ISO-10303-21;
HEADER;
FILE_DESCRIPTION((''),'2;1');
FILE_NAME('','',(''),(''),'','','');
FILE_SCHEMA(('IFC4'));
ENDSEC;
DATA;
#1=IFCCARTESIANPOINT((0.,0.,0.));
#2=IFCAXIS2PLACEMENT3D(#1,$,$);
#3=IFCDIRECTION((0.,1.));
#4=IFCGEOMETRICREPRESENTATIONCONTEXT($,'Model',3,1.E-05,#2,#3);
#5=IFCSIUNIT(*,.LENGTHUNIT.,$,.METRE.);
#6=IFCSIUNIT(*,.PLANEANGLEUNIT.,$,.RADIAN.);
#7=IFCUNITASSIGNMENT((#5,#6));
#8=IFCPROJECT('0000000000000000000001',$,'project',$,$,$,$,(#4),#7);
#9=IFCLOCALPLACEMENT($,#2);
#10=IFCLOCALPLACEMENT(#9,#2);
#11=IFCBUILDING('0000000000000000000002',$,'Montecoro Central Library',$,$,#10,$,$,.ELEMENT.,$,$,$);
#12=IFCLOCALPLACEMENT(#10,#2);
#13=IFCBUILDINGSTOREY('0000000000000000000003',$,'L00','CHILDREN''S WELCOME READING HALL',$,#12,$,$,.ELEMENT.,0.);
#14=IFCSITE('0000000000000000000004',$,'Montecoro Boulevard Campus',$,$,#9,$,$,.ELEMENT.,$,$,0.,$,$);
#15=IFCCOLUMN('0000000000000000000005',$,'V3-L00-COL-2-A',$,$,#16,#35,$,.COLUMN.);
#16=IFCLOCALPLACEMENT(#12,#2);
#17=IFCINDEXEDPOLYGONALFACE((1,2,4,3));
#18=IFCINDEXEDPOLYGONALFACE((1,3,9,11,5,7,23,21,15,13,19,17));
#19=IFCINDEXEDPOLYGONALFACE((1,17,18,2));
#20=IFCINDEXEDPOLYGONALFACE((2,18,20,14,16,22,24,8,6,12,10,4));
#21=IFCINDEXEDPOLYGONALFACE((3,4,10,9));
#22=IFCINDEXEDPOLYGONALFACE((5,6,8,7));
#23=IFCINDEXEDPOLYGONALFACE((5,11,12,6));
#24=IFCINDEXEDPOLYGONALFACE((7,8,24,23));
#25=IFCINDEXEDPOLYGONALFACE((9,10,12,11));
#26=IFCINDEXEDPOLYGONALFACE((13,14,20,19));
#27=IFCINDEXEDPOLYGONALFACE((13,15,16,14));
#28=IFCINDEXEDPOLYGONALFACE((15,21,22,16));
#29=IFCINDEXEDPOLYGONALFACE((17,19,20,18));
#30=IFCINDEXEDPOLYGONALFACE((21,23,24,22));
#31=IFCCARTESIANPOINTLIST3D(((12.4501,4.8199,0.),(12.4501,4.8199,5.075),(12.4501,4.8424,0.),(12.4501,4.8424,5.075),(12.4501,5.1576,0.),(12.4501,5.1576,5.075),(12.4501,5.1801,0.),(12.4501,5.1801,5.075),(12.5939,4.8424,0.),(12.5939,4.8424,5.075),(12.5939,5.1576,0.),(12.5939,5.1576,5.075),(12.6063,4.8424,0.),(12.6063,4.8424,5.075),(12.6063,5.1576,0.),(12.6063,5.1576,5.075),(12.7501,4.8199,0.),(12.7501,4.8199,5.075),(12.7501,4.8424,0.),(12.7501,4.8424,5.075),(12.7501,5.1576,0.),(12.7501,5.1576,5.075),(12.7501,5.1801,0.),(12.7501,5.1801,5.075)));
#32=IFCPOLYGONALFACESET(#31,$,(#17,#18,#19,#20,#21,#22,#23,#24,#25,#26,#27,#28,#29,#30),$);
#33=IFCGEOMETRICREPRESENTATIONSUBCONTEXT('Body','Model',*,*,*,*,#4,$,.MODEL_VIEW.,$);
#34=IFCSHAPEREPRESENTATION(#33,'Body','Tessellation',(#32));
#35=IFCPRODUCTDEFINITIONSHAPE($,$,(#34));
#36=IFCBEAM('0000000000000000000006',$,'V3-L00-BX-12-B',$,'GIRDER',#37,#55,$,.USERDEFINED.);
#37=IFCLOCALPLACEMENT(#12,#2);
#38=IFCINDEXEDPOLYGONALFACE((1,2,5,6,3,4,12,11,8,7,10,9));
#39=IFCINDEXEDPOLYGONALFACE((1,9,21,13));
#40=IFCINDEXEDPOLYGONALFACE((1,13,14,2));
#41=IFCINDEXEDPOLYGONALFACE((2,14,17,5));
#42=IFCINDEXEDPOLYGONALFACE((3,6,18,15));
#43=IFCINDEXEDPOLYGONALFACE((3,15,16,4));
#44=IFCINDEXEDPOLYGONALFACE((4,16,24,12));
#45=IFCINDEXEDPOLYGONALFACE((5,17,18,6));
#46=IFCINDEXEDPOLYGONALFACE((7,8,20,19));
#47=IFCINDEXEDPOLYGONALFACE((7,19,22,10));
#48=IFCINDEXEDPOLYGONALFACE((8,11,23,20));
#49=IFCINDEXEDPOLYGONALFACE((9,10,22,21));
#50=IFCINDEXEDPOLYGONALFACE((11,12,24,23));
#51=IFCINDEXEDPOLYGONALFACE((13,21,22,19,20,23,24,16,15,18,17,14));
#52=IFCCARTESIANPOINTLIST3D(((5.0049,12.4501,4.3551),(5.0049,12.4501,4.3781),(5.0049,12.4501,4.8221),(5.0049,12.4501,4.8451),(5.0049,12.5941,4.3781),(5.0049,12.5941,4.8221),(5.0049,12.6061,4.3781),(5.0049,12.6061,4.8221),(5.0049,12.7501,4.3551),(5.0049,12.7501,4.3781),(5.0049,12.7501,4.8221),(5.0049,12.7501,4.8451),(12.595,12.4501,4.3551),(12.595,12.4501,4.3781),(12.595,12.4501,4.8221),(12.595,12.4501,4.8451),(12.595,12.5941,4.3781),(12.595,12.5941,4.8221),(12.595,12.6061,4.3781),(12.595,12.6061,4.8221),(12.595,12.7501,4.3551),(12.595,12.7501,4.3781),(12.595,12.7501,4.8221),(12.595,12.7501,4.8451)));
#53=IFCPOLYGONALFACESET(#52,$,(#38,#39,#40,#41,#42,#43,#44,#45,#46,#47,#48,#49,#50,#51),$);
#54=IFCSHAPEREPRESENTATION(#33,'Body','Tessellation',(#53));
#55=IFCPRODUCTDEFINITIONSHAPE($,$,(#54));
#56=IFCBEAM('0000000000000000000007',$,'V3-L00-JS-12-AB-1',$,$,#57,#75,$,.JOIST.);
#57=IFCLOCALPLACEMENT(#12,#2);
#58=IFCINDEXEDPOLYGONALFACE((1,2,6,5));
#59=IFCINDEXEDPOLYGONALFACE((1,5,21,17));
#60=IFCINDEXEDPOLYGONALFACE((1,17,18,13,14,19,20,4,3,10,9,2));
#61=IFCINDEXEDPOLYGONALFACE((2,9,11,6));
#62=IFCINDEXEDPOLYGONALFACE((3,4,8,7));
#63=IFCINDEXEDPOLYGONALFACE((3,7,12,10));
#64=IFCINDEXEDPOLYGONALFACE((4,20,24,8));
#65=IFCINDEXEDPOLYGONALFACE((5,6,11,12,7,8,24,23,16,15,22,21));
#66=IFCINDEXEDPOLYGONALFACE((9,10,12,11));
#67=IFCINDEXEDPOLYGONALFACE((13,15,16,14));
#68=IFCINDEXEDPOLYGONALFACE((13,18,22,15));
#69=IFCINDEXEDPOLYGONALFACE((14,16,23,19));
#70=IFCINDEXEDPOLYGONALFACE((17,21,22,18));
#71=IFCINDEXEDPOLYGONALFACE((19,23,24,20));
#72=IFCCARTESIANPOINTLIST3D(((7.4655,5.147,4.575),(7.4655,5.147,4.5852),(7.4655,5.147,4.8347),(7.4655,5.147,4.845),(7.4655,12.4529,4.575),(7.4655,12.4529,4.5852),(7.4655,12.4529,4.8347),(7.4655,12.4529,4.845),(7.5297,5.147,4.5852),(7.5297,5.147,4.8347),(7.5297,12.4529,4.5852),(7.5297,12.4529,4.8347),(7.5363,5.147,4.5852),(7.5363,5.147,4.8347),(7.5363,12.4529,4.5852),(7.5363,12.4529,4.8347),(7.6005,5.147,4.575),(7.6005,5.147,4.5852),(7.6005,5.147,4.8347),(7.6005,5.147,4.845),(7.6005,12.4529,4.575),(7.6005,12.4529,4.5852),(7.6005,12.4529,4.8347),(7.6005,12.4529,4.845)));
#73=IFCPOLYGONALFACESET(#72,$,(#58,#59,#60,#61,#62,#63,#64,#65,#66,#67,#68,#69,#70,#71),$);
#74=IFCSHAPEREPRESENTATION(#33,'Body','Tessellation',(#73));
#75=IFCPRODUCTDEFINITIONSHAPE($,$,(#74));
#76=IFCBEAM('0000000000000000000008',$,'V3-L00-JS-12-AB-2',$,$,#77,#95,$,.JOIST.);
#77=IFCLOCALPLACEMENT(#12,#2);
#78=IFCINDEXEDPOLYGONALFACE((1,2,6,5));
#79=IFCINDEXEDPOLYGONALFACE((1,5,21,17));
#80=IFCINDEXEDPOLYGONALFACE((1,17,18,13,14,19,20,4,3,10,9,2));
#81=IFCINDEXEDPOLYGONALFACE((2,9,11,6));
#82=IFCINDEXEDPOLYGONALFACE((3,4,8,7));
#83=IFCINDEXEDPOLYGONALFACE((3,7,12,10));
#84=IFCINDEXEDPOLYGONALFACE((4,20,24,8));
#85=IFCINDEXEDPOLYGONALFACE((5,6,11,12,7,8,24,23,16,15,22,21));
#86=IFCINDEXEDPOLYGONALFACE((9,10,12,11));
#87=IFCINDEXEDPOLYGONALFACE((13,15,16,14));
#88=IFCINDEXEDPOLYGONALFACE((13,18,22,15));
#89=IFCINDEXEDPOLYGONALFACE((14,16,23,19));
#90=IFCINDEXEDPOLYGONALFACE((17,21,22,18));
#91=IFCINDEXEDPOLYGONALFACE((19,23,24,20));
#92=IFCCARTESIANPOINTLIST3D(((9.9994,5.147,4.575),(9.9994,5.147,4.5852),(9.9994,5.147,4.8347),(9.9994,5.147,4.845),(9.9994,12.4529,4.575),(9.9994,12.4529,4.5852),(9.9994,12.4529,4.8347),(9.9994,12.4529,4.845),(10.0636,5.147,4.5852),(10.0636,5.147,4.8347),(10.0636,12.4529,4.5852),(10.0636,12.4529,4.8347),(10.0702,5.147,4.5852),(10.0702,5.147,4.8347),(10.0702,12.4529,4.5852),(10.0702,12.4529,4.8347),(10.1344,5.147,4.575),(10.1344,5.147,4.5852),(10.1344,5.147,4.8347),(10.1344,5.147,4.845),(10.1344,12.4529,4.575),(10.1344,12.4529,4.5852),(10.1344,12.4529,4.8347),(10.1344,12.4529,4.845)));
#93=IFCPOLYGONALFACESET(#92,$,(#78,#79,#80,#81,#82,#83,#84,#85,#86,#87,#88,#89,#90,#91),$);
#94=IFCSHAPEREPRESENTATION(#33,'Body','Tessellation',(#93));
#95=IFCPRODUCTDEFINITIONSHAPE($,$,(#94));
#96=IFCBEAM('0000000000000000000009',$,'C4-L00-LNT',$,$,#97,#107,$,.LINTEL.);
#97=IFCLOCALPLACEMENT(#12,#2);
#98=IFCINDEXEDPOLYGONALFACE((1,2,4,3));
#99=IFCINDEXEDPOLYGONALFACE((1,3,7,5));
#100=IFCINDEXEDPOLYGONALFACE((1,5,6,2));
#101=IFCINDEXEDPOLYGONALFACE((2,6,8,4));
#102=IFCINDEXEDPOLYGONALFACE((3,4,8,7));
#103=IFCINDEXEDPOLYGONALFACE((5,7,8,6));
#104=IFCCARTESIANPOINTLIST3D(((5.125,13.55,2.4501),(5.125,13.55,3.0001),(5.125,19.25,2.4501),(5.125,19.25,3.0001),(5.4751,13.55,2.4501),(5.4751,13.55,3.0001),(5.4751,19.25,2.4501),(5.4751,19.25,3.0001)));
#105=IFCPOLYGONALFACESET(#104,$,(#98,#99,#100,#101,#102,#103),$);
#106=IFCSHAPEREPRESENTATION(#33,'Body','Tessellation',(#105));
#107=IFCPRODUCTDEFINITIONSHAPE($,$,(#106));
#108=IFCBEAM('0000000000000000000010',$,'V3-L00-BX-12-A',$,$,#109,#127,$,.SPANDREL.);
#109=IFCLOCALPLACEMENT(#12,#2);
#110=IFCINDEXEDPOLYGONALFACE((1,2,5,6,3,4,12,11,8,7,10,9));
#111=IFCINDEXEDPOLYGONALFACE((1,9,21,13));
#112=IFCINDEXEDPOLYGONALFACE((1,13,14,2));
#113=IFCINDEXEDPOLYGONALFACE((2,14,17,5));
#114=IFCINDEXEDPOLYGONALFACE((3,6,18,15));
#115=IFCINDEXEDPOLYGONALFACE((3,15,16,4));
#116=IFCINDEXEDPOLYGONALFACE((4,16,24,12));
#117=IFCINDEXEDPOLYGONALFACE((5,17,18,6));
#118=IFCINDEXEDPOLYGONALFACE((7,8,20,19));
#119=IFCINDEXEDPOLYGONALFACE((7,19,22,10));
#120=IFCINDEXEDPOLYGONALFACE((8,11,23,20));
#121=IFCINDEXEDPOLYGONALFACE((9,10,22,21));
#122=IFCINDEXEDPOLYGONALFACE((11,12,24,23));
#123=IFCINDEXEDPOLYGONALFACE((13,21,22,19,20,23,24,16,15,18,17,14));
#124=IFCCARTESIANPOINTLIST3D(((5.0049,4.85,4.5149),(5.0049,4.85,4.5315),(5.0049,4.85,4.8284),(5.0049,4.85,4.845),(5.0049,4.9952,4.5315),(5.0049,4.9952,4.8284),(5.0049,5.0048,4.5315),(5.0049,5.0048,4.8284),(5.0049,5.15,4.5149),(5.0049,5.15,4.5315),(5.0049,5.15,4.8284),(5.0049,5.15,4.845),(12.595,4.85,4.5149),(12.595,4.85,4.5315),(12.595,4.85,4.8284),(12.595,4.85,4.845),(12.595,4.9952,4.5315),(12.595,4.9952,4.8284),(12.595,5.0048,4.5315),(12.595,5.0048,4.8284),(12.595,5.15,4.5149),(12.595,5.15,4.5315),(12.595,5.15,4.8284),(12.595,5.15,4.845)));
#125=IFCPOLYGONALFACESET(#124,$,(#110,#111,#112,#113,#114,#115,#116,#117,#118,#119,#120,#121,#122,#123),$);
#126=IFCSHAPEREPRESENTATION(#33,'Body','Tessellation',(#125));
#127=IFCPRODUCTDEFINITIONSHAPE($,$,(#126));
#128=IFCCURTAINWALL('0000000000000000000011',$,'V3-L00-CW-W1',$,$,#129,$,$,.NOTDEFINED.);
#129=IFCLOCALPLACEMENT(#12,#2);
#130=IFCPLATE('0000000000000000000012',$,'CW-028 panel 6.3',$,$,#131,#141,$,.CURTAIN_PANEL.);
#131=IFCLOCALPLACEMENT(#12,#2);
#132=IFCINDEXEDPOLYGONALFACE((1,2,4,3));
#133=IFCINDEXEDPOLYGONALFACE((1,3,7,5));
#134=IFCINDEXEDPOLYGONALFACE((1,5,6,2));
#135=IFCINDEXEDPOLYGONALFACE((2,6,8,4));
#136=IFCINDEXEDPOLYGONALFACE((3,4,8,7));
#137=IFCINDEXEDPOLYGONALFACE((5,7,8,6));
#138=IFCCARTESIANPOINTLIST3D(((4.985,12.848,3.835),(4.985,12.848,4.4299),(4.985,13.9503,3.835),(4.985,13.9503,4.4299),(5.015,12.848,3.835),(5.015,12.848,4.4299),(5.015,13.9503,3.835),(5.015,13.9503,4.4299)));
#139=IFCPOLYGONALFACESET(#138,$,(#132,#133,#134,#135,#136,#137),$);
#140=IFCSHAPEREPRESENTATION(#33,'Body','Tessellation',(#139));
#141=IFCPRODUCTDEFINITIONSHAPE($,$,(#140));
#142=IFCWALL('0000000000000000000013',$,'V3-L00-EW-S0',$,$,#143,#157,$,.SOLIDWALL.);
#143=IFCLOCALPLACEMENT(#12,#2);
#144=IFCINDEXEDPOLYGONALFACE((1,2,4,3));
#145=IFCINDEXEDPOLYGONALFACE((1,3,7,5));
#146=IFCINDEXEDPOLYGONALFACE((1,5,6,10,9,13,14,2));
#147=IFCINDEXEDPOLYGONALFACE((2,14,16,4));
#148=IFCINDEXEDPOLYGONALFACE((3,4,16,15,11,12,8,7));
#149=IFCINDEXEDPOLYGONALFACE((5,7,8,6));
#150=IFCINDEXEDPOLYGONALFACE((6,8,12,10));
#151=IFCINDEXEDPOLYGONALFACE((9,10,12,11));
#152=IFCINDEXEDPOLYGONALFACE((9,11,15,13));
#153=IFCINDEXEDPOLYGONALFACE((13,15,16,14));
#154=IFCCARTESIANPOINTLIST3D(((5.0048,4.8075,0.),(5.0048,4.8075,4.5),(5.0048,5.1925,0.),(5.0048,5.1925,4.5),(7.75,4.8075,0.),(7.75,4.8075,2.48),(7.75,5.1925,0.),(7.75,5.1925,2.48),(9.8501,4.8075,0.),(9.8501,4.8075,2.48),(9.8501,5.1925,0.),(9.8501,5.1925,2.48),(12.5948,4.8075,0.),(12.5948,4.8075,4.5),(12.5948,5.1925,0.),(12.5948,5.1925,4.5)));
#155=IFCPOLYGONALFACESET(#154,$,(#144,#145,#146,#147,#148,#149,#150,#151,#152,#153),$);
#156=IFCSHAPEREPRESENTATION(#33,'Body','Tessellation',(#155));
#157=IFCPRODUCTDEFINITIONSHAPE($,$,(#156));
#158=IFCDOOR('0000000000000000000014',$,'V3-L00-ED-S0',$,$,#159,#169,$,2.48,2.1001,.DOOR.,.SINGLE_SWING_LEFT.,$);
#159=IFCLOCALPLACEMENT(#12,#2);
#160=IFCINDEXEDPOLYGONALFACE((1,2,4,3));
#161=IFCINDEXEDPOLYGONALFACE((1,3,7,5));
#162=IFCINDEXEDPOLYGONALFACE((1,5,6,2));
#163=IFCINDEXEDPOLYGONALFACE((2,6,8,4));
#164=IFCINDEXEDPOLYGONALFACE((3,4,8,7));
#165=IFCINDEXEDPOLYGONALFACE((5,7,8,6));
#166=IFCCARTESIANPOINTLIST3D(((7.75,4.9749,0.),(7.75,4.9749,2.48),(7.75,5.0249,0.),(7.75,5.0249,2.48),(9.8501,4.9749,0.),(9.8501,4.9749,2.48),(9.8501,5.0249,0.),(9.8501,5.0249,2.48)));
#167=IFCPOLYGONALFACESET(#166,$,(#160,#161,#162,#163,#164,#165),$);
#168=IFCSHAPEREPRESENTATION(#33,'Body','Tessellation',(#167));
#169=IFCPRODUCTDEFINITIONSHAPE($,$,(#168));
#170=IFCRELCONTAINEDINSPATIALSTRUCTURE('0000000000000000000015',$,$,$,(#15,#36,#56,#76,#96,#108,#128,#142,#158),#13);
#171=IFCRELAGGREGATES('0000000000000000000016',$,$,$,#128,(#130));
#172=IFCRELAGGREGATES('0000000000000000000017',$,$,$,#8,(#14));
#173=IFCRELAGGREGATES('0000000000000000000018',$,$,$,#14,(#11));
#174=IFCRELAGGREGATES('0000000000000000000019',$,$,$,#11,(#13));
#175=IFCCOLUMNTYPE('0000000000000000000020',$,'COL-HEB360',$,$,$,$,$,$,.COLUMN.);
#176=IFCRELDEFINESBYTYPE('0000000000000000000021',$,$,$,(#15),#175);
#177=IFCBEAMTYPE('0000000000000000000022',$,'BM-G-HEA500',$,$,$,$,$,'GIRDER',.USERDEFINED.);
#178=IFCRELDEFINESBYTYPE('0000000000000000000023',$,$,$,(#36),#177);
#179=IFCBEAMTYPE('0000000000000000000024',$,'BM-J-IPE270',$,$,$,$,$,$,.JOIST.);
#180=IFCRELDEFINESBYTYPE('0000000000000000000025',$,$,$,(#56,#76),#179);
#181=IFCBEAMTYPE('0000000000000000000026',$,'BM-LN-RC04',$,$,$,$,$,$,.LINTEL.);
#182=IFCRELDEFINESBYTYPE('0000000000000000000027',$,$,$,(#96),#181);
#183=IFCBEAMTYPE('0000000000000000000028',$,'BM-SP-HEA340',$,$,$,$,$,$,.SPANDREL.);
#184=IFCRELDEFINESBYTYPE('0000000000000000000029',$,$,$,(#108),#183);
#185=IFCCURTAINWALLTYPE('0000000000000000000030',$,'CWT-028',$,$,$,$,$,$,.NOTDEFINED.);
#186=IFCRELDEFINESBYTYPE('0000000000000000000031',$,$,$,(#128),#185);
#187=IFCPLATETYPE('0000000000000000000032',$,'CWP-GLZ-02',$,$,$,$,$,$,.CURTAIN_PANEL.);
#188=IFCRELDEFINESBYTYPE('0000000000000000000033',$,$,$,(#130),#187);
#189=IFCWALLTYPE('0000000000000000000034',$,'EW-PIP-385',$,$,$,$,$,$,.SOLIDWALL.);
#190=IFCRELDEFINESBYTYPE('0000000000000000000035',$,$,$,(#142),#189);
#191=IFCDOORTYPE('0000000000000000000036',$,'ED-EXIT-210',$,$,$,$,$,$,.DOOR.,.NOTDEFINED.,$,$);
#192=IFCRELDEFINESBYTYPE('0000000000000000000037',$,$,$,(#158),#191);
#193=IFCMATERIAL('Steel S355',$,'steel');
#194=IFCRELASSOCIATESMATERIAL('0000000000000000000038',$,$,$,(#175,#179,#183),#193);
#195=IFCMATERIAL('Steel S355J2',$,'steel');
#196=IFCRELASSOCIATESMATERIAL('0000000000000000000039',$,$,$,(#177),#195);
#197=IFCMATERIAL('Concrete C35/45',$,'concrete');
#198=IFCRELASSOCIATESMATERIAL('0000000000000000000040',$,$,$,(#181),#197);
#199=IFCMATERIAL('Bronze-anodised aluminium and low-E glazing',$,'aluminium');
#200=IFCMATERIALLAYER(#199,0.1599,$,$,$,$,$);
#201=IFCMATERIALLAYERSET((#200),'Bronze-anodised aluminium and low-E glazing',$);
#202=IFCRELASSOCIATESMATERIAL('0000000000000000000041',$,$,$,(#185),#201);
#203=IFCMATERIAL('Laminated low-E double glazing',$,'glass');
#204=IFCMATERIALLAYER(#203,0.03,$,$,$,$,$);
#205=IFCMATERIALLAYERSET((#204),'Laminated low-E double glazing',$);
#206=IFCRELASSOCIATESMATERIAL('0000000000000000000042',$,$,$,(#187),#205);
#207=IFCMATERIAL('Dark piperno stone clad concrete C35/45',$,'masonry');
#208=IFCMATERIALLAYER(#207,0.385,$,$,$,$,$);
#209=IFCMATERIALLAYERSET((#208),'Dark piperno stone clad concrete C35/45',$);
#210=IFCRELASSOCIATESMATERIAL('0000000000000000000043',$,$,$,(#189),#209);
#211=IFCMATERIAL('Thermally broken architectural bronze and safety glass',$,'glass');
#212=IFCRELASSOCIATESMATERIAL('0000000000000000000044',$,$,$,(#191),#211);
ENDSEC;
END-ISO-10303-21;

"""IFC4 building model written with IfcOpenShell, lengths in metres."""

from ifc_helpers import new_model, si_unit, direction, frame, frame_2d, origin, origin_2d, place, context, subcontext, project, spatial, rectangle, i_section, extrude, material, layer, layer_set, material_profile, profile_set, type_object, element, fill, aggregate, save


model = new_model("IFC4")

# Units and contexts
model_context = context("Model", 3, precision=1e-05, world=origin(), true_north=direction((0.0, 1.0)))
body_context = subcontext(model_context, "Body", "Model", "MODEL_VIEW")
ifc_project = project(units=[si_unit("LENGTHUNIT", "METRE"), si_unit("PLANEANGLEUNIT", "RADIAN")], contexts=[model_context])

# Site, building, storey
site_placement = place(None, origin())
site = spatial("IfcSite", under=ifc_project, at=site_placement, Name="Montecoro Boulevard Campus", CompositionType="ELEMENT", RefElevation=0.0)
building_placement = place(site_placement, origin())
building = spatial("IfcBuilding", under=site, at=building_placement, Name="Montecoro Central Library", CompositionType="ELEMENT")
storey_placement = place(building_placement, origin())
storey = spatial("IfcBuildingStorey", under=building, at=storey_placement, Name="L00", Description="CHILDREN'S WELCOME READING HALL", CompositionType="ELEMENT", Elevation=0.0)

# Shared definitions
ifc_material_1 = material(Name="Concrete C35/45", Category="concrete")

# Column
ifc_material_2 = material(Name="Steel S355", Category="steel")
ifc_material_profile_1 = material_profile(ifc_material_2, i_section(OverallWidth=0.3, OverallDepth=0.3601, WebThickness=0.0125, FlangeThickness=0.0225, at=origin_2d()), Name="HEB 360")
ifc_profile_set_1 = profile_set([ifc_material_profile_1], Name="Steel S355")
column_type = type_object("IfcColumnType", Name="COL-HEB360", PredefinedType="COLUMN", material=ifc_profile_set_1)
column_placement = place(storey_placement, frame((12.6001, 5.0, 0.0), z_axis=(0.0, 0.0, 1.0), x_axis=(1.0, 0.0, 0.0)))
element("IfcColumn", 1, at=column_placement, inside=storey, type_object=column_type, Name="V3-L00-COL-2-A", PredefinedType="COLUMN", context=body_context, shape_type="SweptSolid", body=[
    extrude(i_section(OverallWidth=0.3, OverallDepth=0.3601, WebThickness=0.0125, FlangeThickness=0.0225, at=origin_2d()), origin(), (0.0, 0.0, 1.0), 5.075),
])

# Beams
ifc_material_3 = material(Name="Steel S355J2", Category="steel")
ifc_material_profile_2 = material_profile(ifc_material_3, i_section(OverallWidth=0.3, OverallDepth=0.49, WebThickness=0.012, FlangeThickness=0.0229, at=origin_2d()), Name="HEA 500")
ifc_profile_set_2 = profile_set([ifc_material_profile_2], Name="Steel S355J2")
beam_type_1 = type_object("IfcBeamType", Name="BM-G-HEA500", ElementType="GIRDER", PredefinedType="USERDEFINED", material=ifc_profile_set_2)
beam_1_placement = place(storey_placement, frame((5.0049, 12.6001, 4.6001), z_axis=(1.0, 0.0, 0.0), x_axis=(0.0, 1.0, 0.0)))
element("IfcBeam", 2, at=beam_1_placement, inside=storey, type_object=beam_type_1, Name="V3-L00-BX-12-B", ObjectType="GIRDER", PredefinedType="USERDEFINED", context=body_context, shape_type="SweptSolid", body=[
    extrude(i_section(OverallWidth=0.3, OverallDepth=0.49, WebThickness=0.012, FlangeThickness=0.0229, at=origin_2d()), origin(), (0.0, 0.0, 1.0), 7.5901),
])
ifc_material_profile_3 = material_profile(ifc_material_2, i_section(OverallWidth=0.135, OverallDepth=0.27, WebThickness=0.0066, FlangeThickness=0.0103, at=origin_2d()), Name="IPE 270")
ifc_profile_set_3 = profile_set([ifc_material_profile_3], Name="Steel S355")
beam_type_2 = type_object("IfcBeamType", Name="BM-J-IPE270", PredefinedType="JOIST", material=ifc_profile_set_3)
for number, where, z_axis, x_axis, name in (
    (3, (7.533, 5.147, 4.71), (0.0, 1.0, 0.0), (-1.0, 0.0, 0.0), "V3-L00-JS-12-AB-1"),
    (4, (10.0669, 5.147, 4.71), (0.0, 1.0, 0.0), (-1.0, 0.0, 0.0), "V3-L00-JS-12-AB-2"),
):
    element("IfcBeam", number, at=place(storey_placement, frame(where, z_axis=z_axis, x_axis=x_axis)), inside=storey, type_object=beam_type_2, Name=name, PredefinedType="JOIST", context=body_context, shape_type="SweptSolid", body=[
        extrude(i_section(OverallWidth=0.135, OverallDepth=0.27, WebThickness=0.0066, FlangeThickness=0.0103, at=origin_2d()), origin(), (0.0, 0.0, 1.0), 7.3059),
    ])
ifc_material_profile_4 = material_profile(ifc_material_1, rectangle(XDim=0.3501, YDim=0.55, at=origin_2d()), Name="RC LNT 550x350")
ifc_profile_set_4 = profile_set([ifc_material_profile_4], Name="Concrete C35/45")
beam_type_3 = type_object("IfcBeamType", Name="BM-LN-RC04", PredefinedType="LINTEL", material=ifc_profile_set_4)
beam_2_placement = place(storey_placement, frame((5.3, 13.55, 2.7251), z_axis=(0.0, 1.0, 0.0), x_axis=(-1.0, 0.0, 0.0)))
element("IfcBeam", 5, at=beam_2_placement, inside=storey, type_object=beam_type_3, Name="C4-L00-LNT", PredefinedType="LINTEL", context=body_context, shape_type="SweptSolid", body=[
    extrude(rectangle(XDim=0.3501, YDim=0.55, at=origin_2d()), origin(), (0.0, 0.0, 1.0), 5.7),
])
ifc_material_profile_5 = material_profile(ifc_material_2, i_section(OverallWidth=0.3, OverallDepth=0.3301, WebThickness=0.0095, FlangeThickness=0.0166, at=origin_2d()), Name="HEA 340")
ifc_profile_set_5 = profile_set([ifc_material_profile_5], Name="Steel S355")
beam_type_4 = type_object("IfcBeamType", Name="BM-SP-HEA340", PredefinedType="SPANDREL", material=ifc_profile_set_5)
beam_3_placement = place(storey_placement, frame((5.0049, 5.0, 4.6799), z_axis=(1.0, 0.0, 0.0), x_axis=(0.0, 1.0, 0.0)))
element("IfcBeam", 6, at=beam_3_placement, inside=storey, type_object=beam_type_4, Name="V3-L00-BX-12-A", PredefinedType="SPANDREL", context=body_context, shape_type="SweptSolid", body=[
    extrude(i_section(OverallWidth=0.3, OverallDepth=0.3301, WebThickness=0.0095, FlangeThickness=0.0166, at=origin_2d()), origin(), (0.0, 0.0, 1.0), 7.5901),
])

# Curtain wall, plate
ifc_material_4 = material(Name="Bronze-anodised aluminium and low-E glazing", Category="aluminium")
ifc_layer_1 = layer(ifc_material_4, 0.1599)
ifc_layer_set_1 = layer_set([ifc_layer_1], Name="Bronze-anodised aluminium and low-E glazing")
curtain_wall_type = type_object("IfcCurtainWallType", Name="CWT-028", PredefinedType="NOTDEFINED", material=ifc_layer_set_1)
curtain_wall_placement = place(storey_placement, origin())
curtain_wall = element("IfcCurtainWall", 7, at=curtain_wall_placement, inside=storey, type_object=curtain_wall_type, Name="V3-L00-CW-W1", PredefinedType="NOTDEFINED")
ifc_material_5 = material(Name="Laminated low-E double glazing", Category="glass")
ifc_layer_2 = layer(ifc_material_5, 0.03)
ifc_layer_set_2 = layer_set([ifc_layer_2], Name="Laminated low-E double glazing")
plate_type = type_object("IfcPlateType", Name="CWP-GLZ-02", PredefinedType="CURTAIN_PANEL", material=ifc_layer_set_2)
plate_placement = place(storey_placement, frame((5.0, 13.3992, 3.835), z_axis=(0.0, 0.0, 1.0), x_axis=(0.0, -1.0, 0.0)))
plate = element("IfcPlate", 8, at=plate_placement, type_object=plate_type, Name="CW-028 panel 6.3", PredefinedType="CURTAIN_PANEL", context=body_context, shape_type="SweptSolid", body=[
    extrude(rectangle(XDim=1.1023, YDim=0.03, at=origin_2d()), origin(), (0.0, 0.0, 1.0), 0.595),
])
aggregate(curtain_wall, [plate])

# Wall, opening, door
ifc_material_6 = material(Name="Dark piperno stone clad concrete C35/45", Category="masonry")
ifc_layer_3 = layer(ifc_material_6, 0.385)
ifc_layer_set_3 = layer_set([ifc_layer_3], Name="Dark piperno stone clad concrete C35/45")
wall_type_1 = type_object("IfcWallType", Name="EW-PIP-385", PredefinedType="SOLIDWALL", material=ifc_layer_set_3)
wall_1_placement = place(storey_placement, frame((5.0049, 5.0, 0.0), z_axis=(0.0, 0.0, 1.0), x_axis=(1.0, 0.0, 0.0)))
wall_1 = element("IfcWall", 9, at=wall_1_placement, inside=storey, type_object=wall_type_1, Name="V3-L00-EW-S0", PredefinedType="SOLIDWALL", context=body_context, shape_type="SweptSolid", body=[
    extrude(rectangle(XDim=7.5901, YDim=0.385, at=frame_2d((3.7949, 0.0))), origin(), (0.0, 0.0, 1.0), 4.5),
])
opening_placement = place(wall_1_placement, frame((2.7451, 0.0, 0.0)))
opening = element("IfcOpeningElement", 10, at=opening_placement, cuts=wall_1, PredefinedType="OPENING", context=body_context, shape_type="SweptSolid", body=[
    extrude(rectangle(XDim=2.1001, YDim=2.48, at=frame_2d((1.05, 1.24))), frame((0.0, 0.2024, 0.0), z_axis=(0.0, -1.0, 0.0), x_axis=(1.0, 0.0, 0.0)), (0.0, 0.0, 1.0), 0.405),
])
ifc_material_7 = material(Name="Thermally broken architectural bronze and safety glass", Category="glass")
door_type = type_object("IfcDoorType", Name="ED-EXIT-210", OperationType="NOTDEFINED", PredefinedType="DOOR", material=ifc_material_7)
door_placement = place(opening_placement, origin())
door = element("IfcDoor", 11, at=door_placement, inside=storey, type_object=door_type, Name="V3-L00-ED-S0", OperationType="SINGLE_SWING_LEFT", OverallHeight=2.48, OverallWidth=2.1001, PredefinedType="DOOR", context=body_context, shape_type="SweptSolid", body=[
    extrude(rectangle(XDim=2.1001, YDim=2.48, at=frame_2d((1.05, 1.24))), frame((0.0, 0.0249, 0.0), z_axis=(0.0, -1.0, 0.0), x_axis=(1.0, 0.0, 0.0)), (0.0, 0.0, 1.0), 0.05),
])
fill(opening, door)

save(model, "model.ifc")
